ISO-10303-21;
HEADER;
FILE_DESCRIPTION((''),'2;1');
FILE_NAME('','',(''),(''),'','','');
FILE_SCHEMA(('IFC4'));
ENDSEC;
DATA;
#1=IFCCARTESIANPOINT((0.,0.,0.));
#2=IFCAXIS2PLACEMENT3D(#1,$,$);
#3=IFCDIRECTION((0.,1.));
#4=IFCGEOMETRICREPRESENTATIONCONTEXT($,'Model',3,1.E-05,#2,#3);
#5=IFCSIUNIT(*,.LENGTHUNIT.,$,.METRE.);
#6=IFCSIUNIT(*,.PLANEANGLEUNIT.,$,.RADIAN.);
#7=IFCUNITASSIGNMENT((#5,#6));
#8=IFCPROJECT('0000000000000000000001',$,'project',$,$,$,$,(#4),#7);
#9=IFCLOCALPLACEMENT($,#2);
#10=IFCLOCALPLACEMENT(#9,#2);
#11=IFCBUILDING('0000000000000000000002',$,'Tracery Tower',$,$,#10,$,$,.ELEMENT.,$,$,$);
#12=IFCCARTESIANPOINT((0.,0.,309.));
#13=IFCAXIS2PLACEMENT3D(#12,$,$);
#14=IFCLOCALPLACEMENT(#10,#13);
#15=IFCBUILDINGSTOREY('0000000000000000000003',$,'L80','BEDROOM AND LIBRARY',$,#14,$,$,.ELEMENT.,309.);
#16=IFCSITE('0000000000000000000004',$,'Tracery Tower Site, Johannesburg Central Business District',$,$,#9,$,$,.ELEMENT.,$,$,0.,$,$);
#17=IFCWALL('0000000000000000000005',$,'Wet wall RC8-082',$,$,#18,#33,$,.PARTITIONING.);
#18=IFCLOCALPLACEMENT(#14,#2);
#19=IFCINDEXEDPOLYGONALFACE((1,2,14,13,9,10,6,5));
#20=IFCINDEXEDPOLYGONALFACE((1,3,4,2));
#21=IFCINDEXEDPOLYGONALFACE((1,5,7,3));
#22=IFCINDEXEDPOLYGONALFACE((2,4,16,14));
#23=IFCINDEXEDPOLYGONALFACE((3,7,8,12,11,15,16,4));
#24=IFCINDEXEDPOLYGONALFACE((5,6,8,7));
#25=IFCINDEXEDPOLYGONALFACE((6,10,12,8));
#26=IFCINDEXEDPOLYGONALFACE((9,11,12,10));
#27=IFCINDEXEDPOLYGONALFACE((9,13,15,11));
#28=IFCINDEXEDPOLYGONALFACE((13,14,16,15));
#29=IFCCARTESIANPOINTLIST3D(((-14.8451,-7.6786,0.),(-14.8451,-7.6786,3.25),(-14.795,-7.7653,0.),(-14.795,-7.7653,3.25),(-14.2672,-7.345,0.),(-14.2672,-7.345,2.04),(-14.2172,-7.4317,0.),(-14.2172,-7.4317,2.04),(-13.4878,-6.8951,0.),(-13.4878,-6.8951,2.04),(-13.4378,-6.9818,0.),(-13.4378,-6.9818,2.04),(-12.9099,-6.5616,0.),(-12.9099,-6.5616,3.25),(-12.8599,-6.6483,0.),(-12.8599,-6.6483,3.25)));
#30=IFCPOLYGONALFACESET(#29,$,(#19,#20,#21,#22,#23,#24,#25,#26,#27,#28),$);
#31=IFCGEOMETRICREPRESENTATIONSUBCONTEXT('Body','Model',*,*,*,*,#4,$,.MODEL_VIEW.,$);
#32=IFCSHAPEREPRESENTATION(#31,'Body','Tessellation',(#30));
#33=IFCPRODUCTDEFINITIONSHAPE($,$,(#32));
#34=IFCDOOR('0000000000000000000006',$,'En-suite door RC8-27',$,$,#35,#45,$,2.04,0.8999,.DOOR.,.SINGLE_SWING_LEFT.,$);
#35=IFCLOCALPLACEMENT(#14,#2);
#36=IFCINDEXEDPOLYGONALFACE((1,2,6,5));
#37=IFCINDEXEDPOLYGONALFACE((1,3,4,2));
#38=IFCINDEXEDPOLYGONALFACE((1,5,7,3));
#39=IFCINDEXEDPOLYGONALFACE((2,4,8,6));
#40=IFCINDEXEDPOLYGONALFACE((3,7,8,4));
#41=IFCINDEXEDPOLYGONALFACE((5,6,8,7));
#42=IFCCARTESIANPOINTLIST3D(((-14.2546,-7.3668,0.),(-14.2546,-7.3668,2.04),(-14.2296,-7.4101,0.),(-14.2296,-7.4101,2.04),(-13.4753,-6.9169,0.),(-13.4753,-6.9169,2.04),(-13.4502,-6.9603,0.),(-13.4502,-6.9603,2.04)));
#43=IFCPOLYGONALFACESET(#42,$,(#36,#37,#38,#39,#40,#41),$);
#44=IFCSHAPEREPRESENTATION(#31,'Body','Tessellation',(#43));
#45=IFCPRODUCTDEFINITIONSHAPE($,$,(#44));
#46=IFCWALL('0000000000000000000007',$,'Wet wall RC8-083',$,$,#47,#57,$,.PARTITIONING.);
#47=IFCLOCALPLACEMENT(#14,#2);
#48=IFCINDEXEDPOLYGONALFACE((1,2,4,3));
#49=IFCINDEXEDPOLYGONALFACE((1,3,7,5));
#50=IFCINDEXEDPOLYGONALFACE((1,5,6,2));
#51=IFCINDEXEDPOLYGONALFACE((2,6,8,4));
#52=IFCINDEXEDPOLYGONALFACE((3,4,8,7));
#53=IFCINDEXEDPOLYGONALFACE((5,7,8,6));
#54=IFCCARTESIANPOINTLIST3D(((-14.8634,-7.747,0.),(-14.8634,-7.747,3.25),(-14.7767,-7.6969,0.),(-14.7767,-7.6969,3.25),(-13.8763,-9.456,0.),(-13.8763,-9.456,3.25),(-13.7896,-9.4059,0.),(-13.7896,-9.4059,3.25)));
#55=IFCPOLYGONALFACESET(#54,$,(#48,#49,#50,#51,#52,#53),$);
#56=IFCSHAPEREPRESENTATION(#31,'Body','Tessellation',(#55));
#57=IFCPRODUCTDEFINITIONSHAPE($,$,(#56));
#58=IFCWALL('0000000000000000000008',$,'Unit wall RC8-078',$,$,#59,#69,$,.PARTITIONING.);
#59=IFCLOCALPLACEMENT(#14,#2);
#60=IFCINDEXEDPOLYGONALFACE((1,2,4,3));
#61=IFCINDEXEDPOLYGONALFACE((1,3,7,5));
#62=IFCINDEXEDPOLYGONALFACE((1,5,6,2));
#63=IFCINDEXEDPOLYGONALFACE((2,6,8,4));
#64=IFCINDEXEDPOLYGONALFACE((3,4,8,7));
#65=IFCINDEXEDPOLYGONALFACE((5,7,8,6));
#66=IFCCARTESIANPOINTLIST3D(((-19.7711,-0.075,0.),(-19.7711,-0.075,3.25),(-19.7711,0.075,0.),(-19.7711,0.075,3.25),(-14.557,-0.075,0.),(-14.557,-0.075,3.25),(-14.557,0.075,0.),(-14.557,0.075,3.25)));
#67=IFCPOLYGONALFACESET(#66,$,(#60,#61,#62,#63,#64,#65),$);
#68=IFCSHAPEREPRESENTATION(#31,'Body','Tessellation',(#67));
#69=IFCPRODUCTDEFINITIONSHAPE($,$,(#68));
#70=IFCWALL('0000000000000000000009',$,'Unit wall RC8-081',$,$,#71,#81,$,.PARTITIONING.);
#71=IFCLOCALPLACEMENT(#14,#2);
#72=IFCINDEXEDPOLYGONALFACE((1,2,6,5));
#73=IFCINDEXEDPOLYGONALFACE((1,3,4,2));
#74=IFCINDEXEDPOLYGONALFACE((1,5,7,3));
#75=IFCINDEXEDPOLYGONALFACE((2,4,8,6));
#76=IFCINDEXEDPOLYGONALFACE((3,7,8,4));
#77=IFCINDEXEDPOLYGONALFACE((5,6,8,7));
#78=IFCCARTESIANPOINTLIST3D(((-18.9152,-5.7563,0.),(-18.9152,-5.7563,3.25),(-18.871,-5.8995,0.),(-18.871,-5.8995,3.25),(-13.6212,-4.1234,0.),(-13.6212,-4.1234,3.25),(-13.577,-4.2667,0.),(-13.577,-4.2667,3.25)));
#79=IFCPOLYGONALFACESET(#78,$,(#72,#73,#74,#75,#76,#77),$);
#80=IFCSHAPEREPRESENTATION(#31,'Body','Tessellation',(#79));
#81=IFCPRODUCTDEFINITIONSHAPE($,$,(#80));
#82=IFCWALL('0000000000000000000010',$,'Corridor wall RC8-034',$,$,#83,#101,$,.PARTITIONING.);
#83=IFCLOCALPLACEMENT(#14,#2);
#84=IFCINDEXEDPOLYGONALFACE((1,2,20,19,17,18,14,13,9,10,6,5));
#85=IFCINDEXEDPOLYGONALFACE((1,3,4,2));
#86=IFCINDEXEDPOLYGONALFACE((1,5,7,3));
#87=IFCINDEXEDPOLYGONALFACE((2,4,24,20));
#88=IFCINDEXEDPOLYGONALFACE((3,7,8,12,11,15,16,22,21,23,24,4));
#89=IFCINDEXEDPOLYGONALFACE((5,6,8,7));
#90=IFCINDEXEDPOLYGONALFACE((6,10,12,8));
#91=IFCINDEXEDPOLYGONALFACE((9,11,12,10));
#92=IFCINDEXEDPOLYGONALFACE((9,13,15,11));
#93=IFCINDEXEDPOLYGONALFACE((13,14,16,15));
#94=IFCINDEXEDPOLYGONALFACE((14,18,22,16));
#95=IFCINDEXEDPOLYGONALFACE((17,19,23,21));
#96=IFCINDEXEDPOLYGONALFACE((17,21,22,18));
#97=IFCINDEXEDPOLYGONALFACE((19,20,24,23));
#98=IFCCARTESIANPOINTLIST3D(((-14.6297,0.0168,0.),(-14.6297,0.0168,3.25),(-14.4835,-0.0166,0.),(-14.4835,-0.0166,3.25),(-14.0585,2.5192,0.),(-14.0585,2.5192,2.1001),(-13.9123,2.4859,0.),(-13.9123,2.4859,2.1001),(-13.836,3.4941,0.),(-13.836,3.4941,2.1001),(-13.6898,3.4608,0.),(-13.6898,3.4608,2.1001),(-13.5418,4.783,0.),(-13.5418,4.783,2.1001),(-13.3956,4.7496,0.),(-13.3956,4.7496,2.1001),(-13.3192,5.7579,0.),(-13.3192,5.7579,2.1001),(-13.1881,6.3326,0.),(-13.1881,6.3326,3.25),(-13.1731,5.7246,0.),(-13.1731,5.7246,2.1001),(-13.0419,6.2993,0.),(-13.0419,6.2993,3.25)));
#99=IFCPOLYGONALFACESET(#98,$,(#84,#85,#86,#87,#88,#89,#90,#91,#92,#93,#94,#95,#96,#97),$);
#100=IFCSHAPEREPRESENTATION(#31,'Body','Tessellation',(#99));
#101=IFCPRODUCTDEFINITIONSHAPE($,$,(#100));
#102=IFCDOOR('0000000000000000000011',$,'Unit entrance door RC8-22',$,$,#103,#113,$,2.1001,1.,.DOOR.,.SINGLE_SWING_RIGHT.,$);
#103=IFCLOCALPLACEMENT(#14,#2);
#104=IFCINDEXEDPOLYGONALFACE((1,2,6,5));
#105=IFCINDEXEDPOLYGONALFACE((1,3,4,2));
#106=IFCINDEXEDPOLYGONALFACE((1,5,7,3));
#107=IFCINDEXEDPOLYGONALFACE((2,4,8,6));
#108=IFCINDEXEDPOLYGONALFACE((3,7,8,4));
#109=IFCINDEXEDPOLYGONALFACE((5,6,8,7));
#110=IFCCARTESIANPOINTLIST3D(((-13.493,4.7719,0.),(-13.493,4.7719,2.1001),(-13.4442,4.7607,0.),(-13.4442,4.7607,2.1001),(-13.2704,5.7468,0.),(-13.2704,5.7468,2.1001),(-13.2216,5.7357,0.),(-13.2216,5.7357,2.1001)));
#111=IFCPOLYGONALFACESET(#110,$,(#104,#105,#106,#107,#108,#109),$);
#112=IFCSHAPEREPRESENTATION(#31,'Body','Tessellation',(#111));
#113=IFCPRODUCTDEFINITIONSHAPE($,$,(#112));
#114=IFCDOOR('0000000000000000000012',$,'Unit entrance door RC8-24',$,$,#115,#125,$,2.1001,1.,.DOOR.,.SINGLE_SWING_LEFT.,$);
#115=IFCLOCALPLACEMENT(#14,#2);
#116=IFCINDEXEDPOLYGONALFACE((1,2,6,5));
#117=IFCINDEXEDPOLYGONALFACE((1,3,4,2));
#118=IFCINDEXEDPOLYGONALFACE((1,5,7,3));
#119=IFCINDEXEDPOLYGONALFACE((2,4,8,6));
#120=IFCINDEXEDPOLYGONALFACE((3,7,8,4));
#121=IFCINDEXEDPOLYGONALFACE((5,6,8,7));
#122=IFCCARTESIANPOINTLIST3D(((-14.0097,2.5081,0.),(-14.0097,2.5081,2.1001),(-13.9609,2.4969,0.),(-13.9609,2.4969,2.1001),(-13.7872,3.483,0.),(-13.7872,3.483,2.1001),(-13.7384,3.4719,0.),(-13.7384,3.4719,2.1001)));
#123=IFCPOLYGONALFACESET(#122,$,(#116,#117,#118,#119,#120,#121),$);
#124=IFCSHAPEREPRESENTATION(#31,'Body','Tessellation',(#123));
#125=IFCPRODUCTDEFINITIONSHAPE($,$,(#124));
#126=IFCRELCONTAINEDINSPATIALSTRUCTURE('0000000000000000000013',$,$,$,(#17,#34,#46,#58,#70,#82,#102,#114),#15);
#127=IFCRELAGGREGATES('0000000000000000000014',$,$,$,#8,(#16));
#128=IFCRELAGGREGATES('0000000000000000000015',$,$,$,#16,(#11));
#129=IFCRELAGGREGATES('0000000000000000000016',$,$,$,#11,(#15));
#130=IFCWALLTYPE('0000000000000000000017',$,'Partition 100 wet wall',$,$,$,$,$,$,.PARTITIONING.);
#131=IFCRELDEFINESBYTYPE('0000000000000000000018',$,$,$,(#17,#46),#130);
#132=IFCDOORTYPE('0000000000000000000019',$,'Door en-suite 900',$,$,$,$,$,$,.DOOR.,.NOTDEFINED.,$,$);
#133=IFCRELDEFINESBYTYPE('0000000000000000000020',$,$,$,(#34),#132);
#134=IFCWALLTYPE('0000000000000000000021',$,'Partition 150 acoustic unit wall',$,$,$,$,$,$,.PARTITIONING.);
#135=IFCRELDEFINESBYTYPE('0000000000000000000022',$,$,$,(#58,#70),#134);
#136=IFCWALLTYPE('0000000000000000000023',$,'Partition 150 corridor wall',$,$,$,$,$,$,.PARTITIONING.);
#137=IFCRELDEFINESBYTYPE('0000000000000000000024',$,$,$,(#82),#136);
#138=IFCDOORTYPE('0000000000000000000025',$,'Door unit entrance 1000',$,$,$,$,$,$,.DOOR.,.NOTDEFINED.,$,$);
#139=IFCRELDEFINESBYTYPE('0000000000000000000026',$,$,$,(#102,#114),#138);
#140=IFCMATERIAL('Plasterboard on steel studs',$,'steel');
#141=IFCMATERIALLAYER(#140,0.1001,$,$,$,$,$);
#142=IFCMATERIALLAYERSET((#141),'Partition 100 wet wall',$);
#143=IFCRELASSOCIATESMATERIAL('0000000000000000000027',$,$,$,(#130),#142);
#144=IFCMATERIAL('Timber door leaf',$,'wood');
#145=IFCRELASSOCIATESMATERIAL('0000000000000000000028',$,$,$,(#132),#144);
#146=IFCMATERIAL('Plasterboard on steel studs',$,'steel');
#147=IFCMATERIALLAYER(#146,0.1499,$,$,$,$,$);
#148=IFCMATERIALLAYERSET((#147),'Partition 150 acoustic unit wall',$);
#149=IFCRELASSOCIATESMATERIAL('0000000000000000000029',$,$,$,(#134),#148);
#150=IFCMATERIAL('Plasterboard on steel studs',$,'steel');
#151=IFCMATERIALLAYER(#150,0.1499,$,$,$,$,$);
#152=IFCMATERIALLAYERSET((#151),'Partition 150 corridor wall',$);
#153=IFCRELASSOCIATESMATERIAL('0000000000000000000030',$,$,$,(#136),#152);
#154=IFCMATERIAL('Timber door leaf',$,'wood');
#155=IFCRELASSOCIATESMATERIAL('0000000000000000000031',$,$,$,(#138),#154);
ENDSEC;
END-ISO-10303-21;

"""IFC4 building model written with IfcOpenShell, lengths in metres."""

from ifc_helpers import new_model, si_unit, direction, frame, frame_2d, origin, place, context, subcontext, project, spatial, rectangle, extrude, material, layer, layer_set, type_object, element, fill, save


model = new_model("IFC4")

# Units and contexts
model_context = context("Model", 3, precision=1e-05, world=origin(), true_north=direction((0.0, 1.0)))
body_context = subcontext(model_context, "Body", "Model", "MODEL_VIEW")
ifc_project = project(units=[si_unit("LENGTHUNIT", "METRE"), si_unit("PLANEANGLEUNIT", "RADIAN")], contexts=[model_context])

# Site, building, storey
site_placement = place(None, origin())
site = spatial("IfcSite", under=ifc_project, at=site_placement, Name="Tracery Tower Site, Johannesburg Central Business District", CompositionType="ELEMENT", RefElevation=0.0)
building_placement = place(site_placement, origin())
building = spatial("IfcBuilding", under=site, at=building_placement, Name="Tracery Tower", CompositionType="ELEMENT")
storey_placement = place(building_placement, frame((0.0, 0.0, 309.0)))
storey = spatial("IfcBuildingStorey", under=building, at=storey_placement, Name="L80", Description="BEDROOM AND LIBRARY", CompositionType="ELEMENT", Elevation=309.0)

# Shared definitions
ifc_material_1 = material(Name="Plasterboard on steel studs", Category="steel")
ifc_layer_1 = layer(ifc_material_1, 0.1001)
ifc_layer_set_1 = layer_set([ifc_layer_1], Name="Partition 100 wet wall")
wall_type_1 = type_object("IfcWallType", Name="Partition 100 wet wall", PredefinedType="PARTITIONING", material=ifc_layer_set_1)

# Wall, opening, door
ifc_material_2 = material(Name="Timber door leaf", Category="wood")
door_type_1 = type_object("IfcDoorType", Name="Door en-suite 900", OperationType="NOTDEFINED", PredefinedType="DOOR", material=ifc_material_2)
wall_1_placement = place(storey_placement, frame((-14.8201, -7.7219, 0.0), z_axis=(0.0, 0.0, 1.0), x_axis=(0.866076, 0.499912, 0.0)))
wall_1 = element("IfcWall", 1, at=wall_1_placement, inside=storey, type_object=wall_type_1, Name="Wet wall RC8-082", PredefinedType="PARTITIONING", context=body_context, shape_type="SweptSolid", body=[
    extrude(rectangle(XDim=2.2344, YDim=0.1001, at=frame_2d((1.1172, 0.0))), origin(), (0.0, 0.0, 1.0), 3.25),
])
opening_1_placement = place(wall_1_placement, frame((0.6672, 0.0, 0.0)))
opening_1 = element("IfcOpeningElement", 2, at=opening_1_placement, cuts=wall_1, PredefinedType="OPENING", context=body_context, shape_type="SweptSolid", body=[
    extrude(rectangle(XDim=0.8999, YDim=2.04, at=frame_2d((0.45, 1.02))), frame((0.0, 0.05, 0.0), z_axis=(0.0, -1.0, 0.0), x_axis=(1.0, 0.0, 0.0)), (0.0, 0.0, 1.0), 0.1001),
])
door_1_placement = place(opening_1_placement, origin())
door_1 = element("IfcDoor", 3, at=door_1_placement, inside=storey, type_object=door_type_1, Name="En-suite door RC8-27", OperationType="SINGLE_SWING_LEFT", OverallHeight=2.04, OverallWidth=0.8999, PredefinedType="DOOR", context=body_context, shape_type="SweptSolid", body=[
    extrude(rectangle(XDim=0.8999, YDim=2.04, at=frame_2d((0.45, 1.02))), frame((0.0, 0.0249, 0.0), z_axis=(0.0, -1.0, 0.0), x_axis=(1.0, 0.0, 0.0)), (0.0, 0.0, 1.0), 0.05),
])
fill(opening_1, door_1)

# Walls
wall_2_placement = place(storey_placement, frame((-14.8201, -7.7219, 0.0), z_axis=(0.0, 0.0, 1.0), x_axis=(0.500144, -0.865942, 0.0)))
element("IfcWall", 4, at=wall_2_placement, inside=storey, type_object=wall_type_1, Name="Wet wall RC8-083", PredefinedType="PARTITIONING", context=body_context, shape_type="SweptSolid", body=[
    extrude(rectangle(XDim=1.9736, YDim=0.1001, at=frame_2d((0.9868, 0.0))), origin(), (0.0, 0.0, 1.0), 3.25),
])
ifc_material_3 = material(Name="Plasterboard on steel studs", Category="steel")
ifc_layer_2 = layer(ifc_material_3, 0.1499)
ifc_layer_set_2 = layer_set([ifc_layer_2], Name="Partition 150 acoustic unit wall")
wall_type_2 = type_object("IfcWallType", Name="Partition 150 acoustic unit wall", PredefinedType="PARTITIONING", material=ifc_layer_set_2)
wall_3_placement = place(storey_placement, frame((-19.771, 0.0, 0.0), z_axis=(0.0, 0.0, 1.0), x_axis=(1.0, 0.0, 0.0)))
element("IfcWall", 5, at=wall_3_placement, inside=storey, type_object=wall_type_2, Name="Unit wall RC8-078", PredefinedType="PARTITIONING", context=body_context, shape_type="SweptSolid", body=[
    extrude(rectangle(XDim=5.2141, YDim=0.1499, at=frame_2d((2.6069, 0.0))), origin(), (0.0, 0.0, 1.0), 3.25),
])
wall_4_placement = place(storey_placement, frame((-18.8931, -5.8279, 0.0), z_axis=(0.0, 0.0, 1.0), x_axis=(0.955581, 0.29473, 0.0)))
element("IfcWall", 6, at=wall_4_placement, inside=storey, type_object=wall_type_2, Name="Unit wall RC8-081", PredefinedType="PARTITIONING", context=body_context, shape_type="SweptSolid", body=[
    extrude(rectangle(XDim=5.54, YDim=0.1499, at=frame_2d((2.77, 0.0))), origin(), (0.0, 0.0, 1.0), 3.25),
])

# Wall, openings, doors
ifc_material_4 = material(Name="Plasterboard on steel studs", Category="steel")
ifc_layer_3 = layer(ifc_material_4, 0.1499)
ifc_layer_set_3 = layer_set([ifc_layer_3], Name="Partition 150 corridor wall")
wall_type_3 = type_object("IfcWallType", Name="Partition 150 corridor wall", PredefinedType="PARTITIONING", material=ifc_layer_set_3)
wall_5_placement = place(storey_placement, frame((-14.5566, 0.0, 0.0), z_axis=(0.0, 0.0, 1.0), x_axis=(0.222533, 0.974925, 0.0)))
wall_5 = element("IfcWall", 7, at=wall_5_placement, inside=storey, type_object=wall_type_3, Name="Corridor wall RC8-034", PredefinedType="PARTITIONING", context=body_context, shape_type="SweptSolid", body=[
    extrude(rectangle(XDim=6.4783, YDim=0.1499, at=frame_2d((3.2393, 0.0))), origin(), (0.0, 0.0, 1.0), 3.25),
])
opening_2_placement = place(wall_5_placement, frame((4.8889, 0.0, 0.0)))
opening_2 = element("IfcOpeningElement", 8, at=opening_2_placement, cuts=wall_5, PredefinedType="OPENING", context=body_context, shape_type="SweptSolid", body=[
    extrude(rectangle(XDim=1.0, YDim=2.1001, at=frame_2d((0.5, 1.05))), frame((0.0, 0.075, 0.0), z_axis=(0.0, -1.0, 0.0), x_axis=(1.0, 0.0, 0.0)), (0.0, 0.0, 1.0), 0.1499),
])
opening_3_placement = place(wall_5_placement, frame((2.5669, 0.0, 0.0)))
opening_3 = element("IfcOpeningElement", 9, at=opening_3_placement, cuts=wall_5, PredefinedType="OPENING", context=body_context, shape_type="SweptSolid", body=[
    extrude(rectangle(XDim=1.0, YDim=2.1001, at=frame_2d((0.5, 1.05))), frame((0.0, 0.075, 0.0), z_axis=(0.0, -1.0, 0.0), x_axis=(1.0, 0.0, 0.0)), (0.0, 0.0, 1.0), 0.1499),
])
ifc_material_5 = material(Name="Timber door leaf", Category="wood")
door_type_2 = type_object("IfcDoorType", Name="Door unit entrance 1000", OperationType="NOTDEFINED", PredefinedType="DOOR", material=ifc_material_5)
door_2_placement = place(opening_2_placement, origin())
door_2 = element("IfcDoor", 10, at=door_2_placement, inside=storey, type_object=door_type_2, Name="Unit entrance door RC8-22", OperationType="SINGLE_SWING_RIGHT", OverallHeight=2.1001, OverallWidth=1.0, PredefinedType="DOOR", context=body_context, shape_type="SweptSolid", body=[
    extrude(rectangle(XDim=1.0, YDim=2.1001, at=frame_2d((0.5, 1.05))), frame((0.0, 0.0249, 0.0), z_axis=(0.0, -1.0, 0.0), x_axis=(1.0, 0.0, 0.0)), (0.0, 0.0, 1.0), 0.05),
])
fill(opening_2, door_2)
door_3_placement = place(opening_3_placement, origin())
door_3 = element("IfcDoor", 11, at=door_3_placement, inside=storey, type_object=door_type_2, Name="Unit entrance door RC8-24", OperationType="SINGLE_SWING_LEFT", OverallHeight=2.1001, OverallWidth=1.0, PredefinedType="DOOR", context=body_context, shape_type="SweptSolid", body=[
    extrude(rectangle(XDim=1.0, YDim=2.1001, at=frame_2d((0.5, 1.05))), frame((0.0, 0.0249, 0.0), z_axis=(0.0, -1.0, 0.0), x_axis=(1.0, 0.0, 0.0)), (0.0, 0.0, 1.0), 0.05),
])
fill(opening_3, door_3)

save(model, "model.ifc")
